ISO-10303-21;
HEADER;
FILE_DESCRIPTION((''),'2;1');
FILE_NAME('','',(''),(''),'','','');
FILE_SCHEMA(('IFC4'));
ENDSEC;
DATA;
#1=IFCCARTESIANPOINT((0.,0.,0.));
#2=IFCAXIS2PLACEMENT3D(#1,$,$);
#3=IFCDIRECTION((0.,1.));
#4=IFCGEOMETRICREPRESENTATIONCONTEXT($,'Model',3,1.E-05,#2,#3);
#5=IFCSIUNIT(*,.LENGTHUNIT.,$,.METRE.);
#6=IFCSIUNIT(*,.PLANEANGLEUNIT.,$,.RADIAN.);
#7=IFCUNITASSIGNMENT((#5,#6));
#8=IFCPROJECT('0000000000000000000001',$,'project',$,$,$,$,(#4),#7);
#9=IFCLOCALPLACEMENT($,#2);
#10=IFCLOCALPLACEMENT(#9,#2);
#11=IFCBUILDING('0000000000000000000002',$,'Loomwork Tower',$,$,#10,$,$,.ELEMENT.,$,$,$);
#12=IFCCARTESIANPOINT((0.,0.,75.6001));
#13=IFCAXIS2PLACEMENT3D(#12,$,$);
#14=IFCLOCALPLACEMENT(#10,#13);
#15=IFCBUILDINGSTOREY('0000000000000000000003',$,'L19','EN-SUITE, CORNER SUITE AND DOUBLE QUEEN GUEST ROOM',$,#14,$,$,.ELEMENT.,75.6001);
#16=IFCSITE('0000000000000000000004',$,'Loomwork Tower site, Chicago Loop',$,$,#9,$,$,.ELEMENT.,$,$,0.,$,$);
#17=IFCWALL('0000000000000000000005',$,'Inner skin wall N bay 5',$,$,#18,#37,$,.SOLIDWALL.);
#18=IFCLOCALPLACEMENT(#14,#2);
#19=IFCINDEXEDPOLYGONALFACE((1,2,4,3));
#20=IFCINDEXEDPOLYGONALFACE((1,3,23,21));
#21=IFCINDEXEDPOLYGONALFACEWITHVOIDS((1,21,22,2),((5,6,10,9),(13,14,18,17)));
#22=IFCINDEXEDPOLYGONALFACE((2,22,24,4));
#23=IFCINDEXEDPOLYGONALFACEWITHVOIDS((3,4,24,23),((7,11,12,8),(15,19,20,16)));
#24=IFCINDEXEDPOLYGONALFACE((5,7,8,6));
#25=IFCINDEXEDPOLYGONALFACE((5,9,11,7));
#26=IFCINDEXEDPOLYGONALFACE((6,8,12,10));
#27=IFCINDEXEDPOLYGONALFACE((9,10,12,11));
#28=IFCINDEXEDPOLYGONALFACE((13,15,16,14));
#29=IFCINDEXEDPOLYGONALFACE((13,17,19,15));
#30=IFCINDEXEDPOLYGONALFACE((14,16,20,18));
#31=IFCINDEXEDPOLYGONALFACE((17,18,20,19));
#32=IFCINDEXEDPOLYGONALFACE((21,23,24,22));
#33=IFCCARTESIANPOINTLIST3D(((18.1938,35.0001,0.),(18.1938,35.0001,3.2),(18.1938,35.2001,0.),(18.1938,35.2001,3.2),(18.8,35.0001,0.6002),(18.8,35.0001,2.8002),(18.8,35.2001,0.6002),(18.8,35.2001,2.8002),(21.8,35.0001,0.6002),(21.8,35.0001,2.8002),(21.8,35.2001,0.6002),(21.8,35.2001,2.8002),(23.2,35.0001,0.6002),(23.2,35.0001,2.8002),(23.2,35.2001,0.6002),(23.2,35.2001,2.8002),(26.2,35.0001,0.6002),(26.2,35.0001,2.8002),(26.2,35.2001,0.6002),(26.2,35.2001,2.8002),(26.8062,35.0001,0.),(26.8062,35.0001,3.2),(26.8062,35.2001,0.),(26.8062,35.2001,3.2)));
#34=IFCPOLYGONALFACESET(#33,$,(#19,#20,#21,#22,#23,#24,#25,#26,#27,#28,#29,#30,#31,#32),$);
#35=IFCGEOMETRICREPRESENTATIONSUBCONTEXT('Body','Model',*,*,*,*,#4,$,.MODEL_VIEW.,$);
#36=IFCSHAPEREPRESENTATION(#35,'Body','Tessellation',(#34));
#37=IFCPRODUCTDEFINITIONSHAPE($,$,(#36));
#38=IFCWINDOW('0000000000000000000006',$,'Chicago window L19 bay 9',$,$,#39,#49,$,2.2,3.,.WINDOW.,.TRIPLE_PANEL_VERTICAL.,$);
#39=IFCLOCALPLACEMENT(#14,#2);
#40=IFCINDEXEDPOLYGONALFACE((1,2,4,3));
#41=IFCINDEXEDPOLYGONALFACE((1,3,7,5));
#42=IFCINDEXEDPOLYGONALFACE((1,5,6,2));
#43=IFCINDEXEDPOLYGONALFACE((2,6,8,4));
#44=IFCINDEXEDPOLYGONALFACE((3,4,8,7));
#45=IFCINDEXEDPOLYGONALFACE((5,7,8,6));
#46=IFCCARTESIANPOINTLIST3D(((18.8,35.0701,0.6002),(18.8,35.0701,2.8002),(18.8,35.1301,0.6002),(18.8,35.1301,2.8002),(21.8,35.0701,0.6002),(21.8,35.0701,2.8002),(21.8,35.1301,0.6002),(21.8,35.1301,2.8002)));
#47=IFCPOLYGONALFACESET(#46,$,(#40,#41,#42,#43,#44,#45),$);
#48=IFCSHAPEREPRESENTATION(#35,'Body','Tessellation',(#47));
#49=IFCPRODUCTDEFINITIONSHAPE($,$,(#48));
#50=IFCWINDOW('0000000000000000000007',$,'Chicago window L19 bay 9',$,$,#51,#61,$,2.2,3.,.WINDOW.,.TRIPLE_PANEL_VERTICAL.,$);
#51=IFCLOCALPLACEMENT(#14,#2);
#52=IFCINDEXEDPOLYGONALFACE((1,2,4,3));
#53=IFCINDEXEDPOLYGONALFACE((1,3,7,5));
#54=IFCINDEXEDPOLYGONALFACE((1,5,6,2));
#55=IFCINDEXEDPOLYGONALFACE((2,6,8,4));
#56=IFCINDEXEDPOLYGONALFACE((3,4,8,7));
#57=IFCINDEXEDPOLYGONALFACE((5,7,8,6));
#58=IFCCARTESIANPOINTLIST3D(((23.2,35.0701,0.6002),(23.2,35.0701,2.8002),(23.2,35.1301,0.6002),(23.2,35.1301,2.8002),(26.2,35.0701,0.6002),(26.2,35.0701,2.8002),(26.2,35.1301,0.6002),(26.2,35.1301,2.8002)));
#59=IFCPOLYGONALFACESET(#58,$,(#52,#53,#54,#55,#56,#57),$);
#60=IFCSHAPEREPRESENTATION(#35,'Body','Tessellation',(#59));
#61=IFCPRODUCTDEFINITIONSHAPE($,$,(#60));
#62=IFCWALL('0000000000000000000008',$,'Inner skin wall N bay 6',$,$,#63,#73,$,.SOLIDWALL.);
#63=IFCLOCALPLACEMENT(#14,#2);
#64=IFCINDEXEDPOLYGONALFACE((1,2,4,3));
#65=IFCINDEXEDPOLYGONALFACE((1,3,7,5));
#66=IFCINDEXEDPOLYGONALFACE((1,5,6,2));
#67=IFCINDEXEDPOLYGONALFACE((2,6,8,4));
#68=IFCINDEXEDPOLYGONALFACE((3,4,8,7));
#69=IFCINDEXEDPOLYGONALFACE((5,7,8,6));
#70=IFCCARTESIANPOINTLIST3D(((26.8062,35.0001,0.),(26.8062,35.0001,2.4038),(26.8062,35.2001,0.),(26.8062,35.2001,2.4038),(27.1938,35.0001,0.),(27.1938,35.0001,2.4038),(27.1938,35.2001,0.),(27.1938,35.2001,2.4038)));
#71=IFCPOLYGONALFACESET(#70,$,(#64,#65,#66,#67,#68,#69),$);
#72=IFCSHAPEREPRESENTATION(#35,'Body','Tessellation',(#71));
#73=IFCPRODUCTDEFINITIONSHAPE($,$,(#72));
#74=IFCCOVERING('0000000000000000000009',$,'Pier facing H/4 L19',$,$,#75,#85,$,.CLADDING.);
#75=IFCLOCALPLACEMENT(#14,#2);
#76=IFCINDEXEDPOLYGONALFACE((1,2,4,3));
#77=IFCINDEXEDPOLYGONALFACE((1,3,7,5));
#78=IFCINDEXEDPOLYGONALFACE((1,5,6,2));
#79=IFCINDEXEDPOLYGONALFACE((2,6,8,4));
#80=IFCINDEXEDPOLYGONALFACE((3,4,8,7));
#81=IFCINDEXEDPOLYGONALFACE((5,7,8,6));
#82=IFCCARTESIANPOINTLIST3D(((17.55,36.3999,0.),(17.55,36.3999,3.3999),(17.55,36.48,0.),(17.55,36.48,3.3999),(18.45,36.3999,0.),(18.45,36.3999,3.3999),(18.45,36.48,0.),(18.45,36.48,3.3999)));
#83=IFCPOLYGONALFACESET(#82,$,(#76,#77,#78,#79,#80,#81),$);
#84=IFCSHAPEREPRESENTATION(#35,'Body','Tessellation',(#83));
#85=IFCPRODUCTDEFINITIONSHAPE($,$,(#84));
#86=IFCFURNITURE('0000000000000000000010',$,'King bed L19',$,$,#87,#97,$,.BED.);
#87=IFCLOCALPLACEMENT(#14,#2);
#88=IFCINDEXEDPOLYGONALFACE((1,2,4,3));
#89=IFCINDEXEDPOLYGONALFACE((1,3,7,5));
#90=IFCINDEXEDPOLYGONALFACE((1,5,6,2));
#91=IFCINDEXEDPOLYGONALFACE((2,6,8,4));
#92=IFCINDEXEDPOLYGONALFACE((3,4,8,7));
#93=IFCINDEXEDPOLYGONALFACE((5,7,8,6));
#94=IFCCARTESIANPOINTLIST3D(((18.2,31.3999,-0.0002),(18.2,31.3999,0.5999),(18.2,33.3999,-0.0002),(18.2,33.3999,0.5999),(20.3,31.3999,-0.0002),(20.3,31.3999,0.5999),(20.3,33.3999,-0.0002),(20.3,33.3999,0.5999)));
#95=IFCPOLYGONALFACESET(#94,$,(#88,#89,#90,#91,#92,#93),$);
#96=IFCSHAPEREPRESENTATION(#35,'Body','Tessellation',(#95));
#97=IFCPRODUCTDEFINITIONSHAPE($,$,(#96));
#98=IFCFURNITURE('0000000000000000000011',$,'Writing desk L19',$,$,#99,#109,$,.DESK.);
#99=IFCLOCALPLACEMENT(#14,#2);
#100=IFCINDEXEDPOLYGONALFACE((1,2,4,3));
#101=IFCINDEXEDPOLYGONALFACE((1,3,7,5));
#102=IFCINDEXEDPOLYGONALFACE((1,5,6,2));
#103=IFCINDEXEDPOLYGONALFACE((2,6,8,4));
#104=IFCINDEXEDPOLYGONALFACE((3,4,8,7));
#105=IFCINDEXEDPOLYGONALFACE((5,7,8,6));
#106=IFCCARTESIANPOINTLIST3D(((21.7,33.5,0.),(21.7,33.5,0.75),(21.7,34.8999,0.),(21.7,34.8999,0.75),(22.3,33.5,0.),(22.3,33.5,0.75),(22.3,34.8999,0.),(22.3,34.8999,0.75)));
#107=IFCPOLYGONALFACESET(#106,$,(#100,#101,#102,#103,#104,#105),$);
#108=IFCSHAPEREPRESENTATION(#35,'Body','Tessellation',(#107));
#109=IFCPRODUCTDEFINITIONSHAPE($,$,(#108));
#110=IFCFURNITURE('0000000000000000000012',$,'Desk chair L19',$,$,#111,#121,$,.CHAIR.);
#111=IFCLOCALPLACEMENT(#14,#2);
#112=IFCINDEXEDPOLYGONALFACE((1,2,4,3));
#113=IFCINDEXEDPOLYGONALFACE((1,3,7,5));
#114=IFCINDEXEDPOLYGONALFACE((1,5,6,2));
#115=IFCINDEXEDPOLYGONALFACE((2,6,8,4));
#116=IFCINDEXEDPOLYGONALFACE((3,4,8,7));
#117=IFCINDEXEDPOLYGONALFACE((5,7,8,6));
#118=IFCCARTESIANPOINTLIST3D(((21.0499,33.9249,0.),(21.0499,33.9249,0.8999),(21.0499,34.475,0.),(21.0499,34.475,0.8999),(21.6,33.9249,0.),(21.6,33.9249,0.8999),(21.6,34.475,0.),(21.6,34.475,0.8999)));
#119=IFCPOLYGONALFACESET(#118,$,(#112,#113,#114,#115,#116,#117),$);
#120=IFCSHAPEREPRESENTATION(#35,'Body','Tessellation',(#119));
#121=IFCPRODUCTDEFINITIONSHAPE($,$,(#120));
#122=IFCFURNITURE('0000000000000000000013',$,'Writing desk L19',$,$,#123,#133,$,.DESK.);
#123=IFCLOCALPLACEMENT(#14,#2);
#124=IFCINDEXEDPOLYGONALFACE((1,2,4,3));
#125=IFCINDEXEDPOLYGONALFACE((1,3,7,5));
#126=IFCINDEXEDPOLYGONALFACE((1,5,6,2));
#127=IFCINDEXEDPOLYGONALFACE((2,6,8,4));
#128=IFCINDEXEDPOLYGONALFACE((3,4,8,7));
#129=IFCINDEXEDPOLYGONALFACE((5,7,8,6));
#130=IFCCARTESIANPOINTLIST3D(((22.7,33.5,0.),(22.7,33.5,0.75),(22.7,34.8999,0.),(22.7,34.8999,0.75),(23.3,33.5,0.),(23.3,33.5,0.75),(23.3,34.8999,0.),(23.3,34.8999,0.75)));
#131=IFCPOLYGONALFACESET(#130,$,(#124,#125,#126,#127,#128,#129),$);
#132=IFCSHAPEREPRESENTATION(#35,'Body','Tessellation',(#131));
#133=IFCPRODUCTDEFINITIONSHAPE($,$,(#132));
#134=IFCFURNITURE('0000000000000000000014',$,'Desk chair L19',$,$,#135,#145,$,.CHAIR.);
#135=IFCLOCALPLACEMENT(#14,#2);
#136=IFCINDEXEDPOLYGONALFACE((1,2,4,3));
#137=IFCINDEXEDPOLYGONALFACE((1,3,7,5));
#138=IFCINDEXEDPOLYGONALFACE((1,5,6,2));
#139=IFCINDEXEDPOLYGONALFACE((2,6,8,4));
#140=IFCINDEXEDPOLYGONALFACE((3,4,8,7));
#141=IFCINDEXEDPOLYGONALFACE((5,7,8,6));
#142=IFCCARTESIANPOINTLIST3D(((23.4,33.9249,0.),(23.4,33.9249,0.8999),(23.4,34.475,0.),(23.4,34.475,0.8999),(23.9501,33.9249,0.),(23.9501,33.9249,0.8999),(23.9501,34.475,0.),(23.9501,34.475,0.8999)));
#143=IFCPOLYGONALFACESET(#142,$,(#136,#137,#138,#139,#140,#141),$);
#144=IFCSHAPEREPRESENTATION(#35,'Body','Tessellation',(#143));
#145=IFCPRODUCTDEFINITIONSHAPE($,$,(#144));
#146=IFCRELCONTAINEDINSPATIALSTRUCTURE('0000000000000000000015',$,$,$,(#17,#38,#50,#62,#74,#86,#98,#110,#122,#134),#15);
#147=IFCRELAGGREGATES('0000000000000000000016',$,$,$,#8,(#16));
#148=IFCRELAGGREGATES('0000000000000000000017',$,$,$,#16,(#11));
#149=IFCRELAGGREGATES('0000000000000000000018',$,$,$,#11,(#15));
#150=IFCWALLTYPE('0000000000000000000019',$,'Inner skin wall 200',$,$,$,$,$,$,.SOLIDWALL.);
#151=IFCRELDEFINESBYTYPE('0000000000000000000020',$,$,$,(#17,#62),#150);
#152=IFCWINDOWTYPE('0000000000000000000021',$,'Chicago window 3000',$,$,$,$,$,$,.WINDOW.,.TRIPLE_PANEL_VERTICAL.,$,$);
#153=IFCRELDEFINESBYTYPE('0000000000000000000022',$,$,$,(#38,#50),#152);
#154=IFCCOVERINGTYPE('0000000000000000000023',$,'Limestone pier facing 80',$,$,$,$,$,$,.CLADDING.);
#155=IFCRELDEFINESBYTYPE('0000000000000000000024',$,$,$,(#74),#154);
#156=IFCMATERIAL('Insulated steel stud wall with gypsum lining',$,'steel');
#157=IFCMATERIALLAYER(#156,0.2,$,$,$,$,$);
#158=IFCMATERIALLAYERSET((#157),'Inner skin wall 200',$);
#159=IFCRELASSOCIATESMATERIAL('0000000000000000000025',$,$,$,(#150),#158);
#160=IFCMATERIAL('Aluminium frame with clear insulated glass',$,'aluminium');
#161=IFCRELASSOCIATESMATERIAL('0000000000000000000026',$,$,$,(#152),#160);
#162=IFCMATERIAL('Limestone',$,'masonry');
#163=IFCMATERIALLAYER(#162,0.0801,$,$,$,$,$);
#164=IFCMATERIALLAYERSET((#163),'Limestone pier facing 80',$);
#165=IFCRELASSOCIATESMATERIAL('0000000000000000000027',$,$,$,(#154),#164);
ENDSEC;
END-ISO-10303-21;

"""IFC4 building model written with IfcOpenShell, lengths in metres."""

from ifc_helpers import new_model, si_unit, direction, frame, frame_2d, origin, origin_2d, place, context, subcontext, project, spatial, rectangle, extrude, material, layer, layer_set, type_object, element, fill, save


model = new_model("IFC4")

# Units and contexts
model_context = context("Model", 3, precision=1e-05, world=origin(), true_north=direction((0.0, 1.0)))
body_context = subcontext(model_context, "Body", "Model", "MODEL_VIEW")
ifc_project = project(units=[si_unit("LENGTHUNIT", "METRE"), si_unit("PLANEANGLEUNIT", "RADIAN")], contexts=[model_context])

# Site, building, storey
site_placement = place(None, origin())
site = spatial("IfcSite", under=ifc_project, at=site_placement, Name="Loomwork Tower site, Chicago Loop", CompositionType="ELEMENT", RefElevation=0.0)
building_placement = place(site_placement, origin())
building = spatial("IfcBuilding", under=site, at=building_placement, Name="Loomwork Tower", CompositionType="ELEMENT")
storey_placement = place(building_placement, frame((0.0, 0.0, 75.6001)))
storey = spatial("IfcBuildingStorey", under=building, at=storey_placement, Name="L19", Description="EN-SUITE, CORNER SUITE AND DOUBLE QUEEN GUEST ROOM", CompositionType="ELEMENT", Elevation=75.6001)

# Shared definitions
ifc_material_1 = material(Name="Insulated steel stud wall with gypsum lining", Category="steel")
ifc_layer_1 = layer(ifc_material_1, 0.2)
ifc_layer_set_1 = layer_set([ifc_layer_1], Name="Inner skin wall 200")
wall_type = type_object("IfcWallType", Name="Inner skin wall 200", PredefinedType="SOLIDWALL", material=ifc_layer_set_1)

# Wall, openings, windows
wall_1_placement = place(storey_placement, frame((18.1938, 35.1001, 0.0), z_axis=(0.0, 0.0, 1.0), x_axis=(1.0, 0.0, 0.0)))
wall_1 = element("IfcWall", 1, at=wall_1_placement, inside=storey, type_object=wall_type, Name="Inner skin wall N bay 5", PredefinedType="SOLIDWALL", context=body_context, shape_type="SweptSolid", body=[
    extrude(rectangle(XDim=8.6123, YDim=0.2, at=frame_2d((4.3062, 0.0))), origin(), (0.0, 0.0, 1.0), 3.2),
])
opening_1_placement = place(wall_1_placement, frame((0.6062, 0.0, 0.6001)))
opening_1 = element("IfcOpeningElement", 2, at=opening_1_placement, cuts=wall_1, PredefinedType="OPENING", context=body_context, shape_type="SweptSolid", body=[
    extrude(rectangle(XDim=3.0, YDim=2.2, at=frame_2d((1.5, 1.1001))), frame((0.0, 0.1099, 0.0), z_axis=(0.0, -1.0, 0.0), x_axis=(1.0, 0.0, 0.0)), (0.0, 0.0, 1.0), 0.22),
])
opening_2_placement = place(wall_1_placement, frame((5.0061, 0.0, 0.6001)))
opening_2 = element("IfcOpeningElement", 3, at=opening_2_placement, cuts=wall_1, PredefinedType="OPENING", context=body_context, shape_type="SweptSolid", body=[
    extrude(rectangle(XDim=3.0, YDim=2.2, at=frame_2d((1.5, 1.1001))), frame((0.0, 0.1099, 0.0), z_axis=(0.0, -1.0, 0.0), x_axis=(1.0, 0.0, 0.0)), (0.0, 0.0, 1.0), 0.22),
])
ifc_material_2 = material(Name="Aluminium frame with clear insulated glass", Category="aluminium")
window_type = type_object("IfcWindowType", Name="Chicago window 3000", PartitioningType="TRIPLE_PANEL_VERTICAL", PredefinedType="WINDOW", material=ifc_material_2)
window_1_placement = place(opening_1_placement, origin())
window_1 = element("IfcWindow", 4, at=window_1_placement, inside=storey, type_object=window_type, Name="Chicago window L19 bay 9", OverallHeight=2.2, OverallWidth=3.0, PartitioningType="TRIPLE_PANEL_VERTICAL", PredefinedType="WINDOW", context=body_context, shape_type="SweptSolid", body=[
    extrude(rectangle(XDim=3.0, YDim=2.2, at=frame_2d((1.5, 1.1001))), frame((0.0, 0.03, 0.0), z_axis=(0.0, -1.0, 0.0), x_axis=(1.0, 0.0, 0.0)), (0.0, 0.0, 1.0), 0.0601),
])
fill(opening_1, window_1)
window_2_placement = place(opening_2_placement, origin())
window_2 = element("IfcWindow", 5, at=window_2_placement, inside=storey, type_object=window_type, Name="Chicago window L19 bay 9", OverallHeight=2.2, OverallWidth=3.0, PartitioningType="TRIPLE_PANEL_VERTICAL", PredefinedType="WINDOW", context=body_context, shape_type="SweptSolid", body=[
    extrude(rectangle(XDim=3.0, YDim=2.2, at=frame_2d((1.5, 1.1001))), frame((0.0, 0.03, 0.0), z_axis=(0.0, -1.0, 0.0), x_axis=(1.0, 0.0, 0.0)), (0.0, 0.0, 1.0), 0.0601),
])
fill(opening_2, window_2)

# Wall
wall_2_placement = place(storey_placement, frame((26.8062, 35.1001, 0.0), z_axis=(0.0, 0.0, 1.0), x_axis=(1.0, 0.0, 0.0)))
element("IfcWall", 6, at=wall_2_placement, inside=storey, type_object=wall_type, Name="Inner skin wall N bay 6", PredefinedType="SOLIDWALL", context=body_context, shape_type="SweptSolid", body=[
    extrude(rectangle(XDim=0.3877, YDim=0.2, at=frame_2d((0.1938, 0.0))), origin(), (0.0, 0.0, 1.0), 2.4038),
])

# Covering
ifc_material_3 = material(Name="Limestone", Category="masonry")
ifc_layer_2 = layer(ifc_material_3, 0.0801)
ifc_layer_set_2 = layer_set([ifc_layer_2], Name="Limestone pier facing 80")
covering_type = type_object("IfcCoveringType", Name="Limestone pier facing 80", PredefinedType="CLADDING", material=ifc_layer_set_2)
covering_placement = place(storey_placement, frame((18.0, 36.4399, 0.0), z_axis=(0.0, 0.0, 1.0), x_axis=(1.0, 0.0, 0.0)))
element("IfcCovering", 7, at=covering_placement, inside=storey, type_object=covering_type, Name="Pier facing H/4 L19", PredefinedType="CLADDING", context=body_context, shape_type="SweptSolid", body=[
    extrude(rectangle(XDim=0.8999, YDim=0.0801, at=origin_2d()), origin(), (0.0, 0.0, 1.0), 3.3999),
])

# Furniture
furniture_1_placement = place(storey_placement, frame((19.25, 32.3999, -0.0002), z_axis=(0.0, 0.0, 1.0), x_axis=(1.0, 0.0, 0.0)))
element("IfcFurniture", 8, at=furniture_1_placement, inside=storey, Name="King bed L19", PredefinedType="BED", context=body_context, shape_type="SweptSolid", body=[
    extrude(rectangle(XDim=2.1001, YDim=2.0, at=origin_2d()), origin(), (0.0, 0.0, 1.0), 0.6001),
])
furniture_2_placement = place(storey_placement, frame((22.0, 34.2, 0.0), z_axis=(0.0, 0.0, 1.0), x_axis=(1.0, 0.0, 0.0)))
element("IfcFurniture", 9, at=furniture_2_placement, inside=storey, Name="Writing desk L19", PredefinedType="DESK", context=body_context, shape_type="SweptSolid", body=[
    extrude(rectangle(XDim=0.6001, YDim=1.3999, at=origin_2d()), origin(), (0.0, 0.0, 1.0), 0.75),
])
furniture_3_placement = place(storey_placement, frame((21.325, 34.2, 0.0), z_axis=(0.0, 0.0, 1.0), x_axis=(1.0, 0.0, 0.0)))
element("IfcFurniture", 10, at=furniture_3_placement, inside=storey, Name="Desk chair L19", PredefinedType="CHAIR", context=body_context, shape_type="SweptSolid", body=[
    extrude(rectangle(XDim=0.55, YDim=0.55, at=origin_2d()), origin(), (0.0, 0.0, 1.0), 0.8999),
])
furniture_4_placement = place(storey_placement, frame((23.0, 34.2, 0.0), z_axis=(0.0, 0.0, 1.0), x_axis=(1.0, 0.0, 0.0)))
element("IfcFurniture", 11, at=furniture_4_placement, inside=storey, Name="Writing desk L19", PredefinedType="DESK", context=body_context, shape_type="SweptSolid", body=[
    extrude(rectangle(XDim=0.6001, YDim=1.3999, at=origin_2d()), origin(), (0.0, 0.0, 1.0), 0.75),
])
furniture_5_placement = place(storey_placement, frame((23.675, 34.2, 0.0), z_axis=(0.0, 0.0, 1.0), x_axis=(1.0, 0.0, 0.0)))
element("IfcFurniture", 12, at=furniture_5_placement, inside=storey, Name="Desk chair L19", PredefinedType="CHAIR", context=body_context, shape_type="SweptSolid", body=[
    extrude(rectangle(XDim=0.55, YDim=0.55, at=origin_2d()), origin(), (0.0, 0.0, 1.0), 0.8999),
])

save(model, "model.ifc")
